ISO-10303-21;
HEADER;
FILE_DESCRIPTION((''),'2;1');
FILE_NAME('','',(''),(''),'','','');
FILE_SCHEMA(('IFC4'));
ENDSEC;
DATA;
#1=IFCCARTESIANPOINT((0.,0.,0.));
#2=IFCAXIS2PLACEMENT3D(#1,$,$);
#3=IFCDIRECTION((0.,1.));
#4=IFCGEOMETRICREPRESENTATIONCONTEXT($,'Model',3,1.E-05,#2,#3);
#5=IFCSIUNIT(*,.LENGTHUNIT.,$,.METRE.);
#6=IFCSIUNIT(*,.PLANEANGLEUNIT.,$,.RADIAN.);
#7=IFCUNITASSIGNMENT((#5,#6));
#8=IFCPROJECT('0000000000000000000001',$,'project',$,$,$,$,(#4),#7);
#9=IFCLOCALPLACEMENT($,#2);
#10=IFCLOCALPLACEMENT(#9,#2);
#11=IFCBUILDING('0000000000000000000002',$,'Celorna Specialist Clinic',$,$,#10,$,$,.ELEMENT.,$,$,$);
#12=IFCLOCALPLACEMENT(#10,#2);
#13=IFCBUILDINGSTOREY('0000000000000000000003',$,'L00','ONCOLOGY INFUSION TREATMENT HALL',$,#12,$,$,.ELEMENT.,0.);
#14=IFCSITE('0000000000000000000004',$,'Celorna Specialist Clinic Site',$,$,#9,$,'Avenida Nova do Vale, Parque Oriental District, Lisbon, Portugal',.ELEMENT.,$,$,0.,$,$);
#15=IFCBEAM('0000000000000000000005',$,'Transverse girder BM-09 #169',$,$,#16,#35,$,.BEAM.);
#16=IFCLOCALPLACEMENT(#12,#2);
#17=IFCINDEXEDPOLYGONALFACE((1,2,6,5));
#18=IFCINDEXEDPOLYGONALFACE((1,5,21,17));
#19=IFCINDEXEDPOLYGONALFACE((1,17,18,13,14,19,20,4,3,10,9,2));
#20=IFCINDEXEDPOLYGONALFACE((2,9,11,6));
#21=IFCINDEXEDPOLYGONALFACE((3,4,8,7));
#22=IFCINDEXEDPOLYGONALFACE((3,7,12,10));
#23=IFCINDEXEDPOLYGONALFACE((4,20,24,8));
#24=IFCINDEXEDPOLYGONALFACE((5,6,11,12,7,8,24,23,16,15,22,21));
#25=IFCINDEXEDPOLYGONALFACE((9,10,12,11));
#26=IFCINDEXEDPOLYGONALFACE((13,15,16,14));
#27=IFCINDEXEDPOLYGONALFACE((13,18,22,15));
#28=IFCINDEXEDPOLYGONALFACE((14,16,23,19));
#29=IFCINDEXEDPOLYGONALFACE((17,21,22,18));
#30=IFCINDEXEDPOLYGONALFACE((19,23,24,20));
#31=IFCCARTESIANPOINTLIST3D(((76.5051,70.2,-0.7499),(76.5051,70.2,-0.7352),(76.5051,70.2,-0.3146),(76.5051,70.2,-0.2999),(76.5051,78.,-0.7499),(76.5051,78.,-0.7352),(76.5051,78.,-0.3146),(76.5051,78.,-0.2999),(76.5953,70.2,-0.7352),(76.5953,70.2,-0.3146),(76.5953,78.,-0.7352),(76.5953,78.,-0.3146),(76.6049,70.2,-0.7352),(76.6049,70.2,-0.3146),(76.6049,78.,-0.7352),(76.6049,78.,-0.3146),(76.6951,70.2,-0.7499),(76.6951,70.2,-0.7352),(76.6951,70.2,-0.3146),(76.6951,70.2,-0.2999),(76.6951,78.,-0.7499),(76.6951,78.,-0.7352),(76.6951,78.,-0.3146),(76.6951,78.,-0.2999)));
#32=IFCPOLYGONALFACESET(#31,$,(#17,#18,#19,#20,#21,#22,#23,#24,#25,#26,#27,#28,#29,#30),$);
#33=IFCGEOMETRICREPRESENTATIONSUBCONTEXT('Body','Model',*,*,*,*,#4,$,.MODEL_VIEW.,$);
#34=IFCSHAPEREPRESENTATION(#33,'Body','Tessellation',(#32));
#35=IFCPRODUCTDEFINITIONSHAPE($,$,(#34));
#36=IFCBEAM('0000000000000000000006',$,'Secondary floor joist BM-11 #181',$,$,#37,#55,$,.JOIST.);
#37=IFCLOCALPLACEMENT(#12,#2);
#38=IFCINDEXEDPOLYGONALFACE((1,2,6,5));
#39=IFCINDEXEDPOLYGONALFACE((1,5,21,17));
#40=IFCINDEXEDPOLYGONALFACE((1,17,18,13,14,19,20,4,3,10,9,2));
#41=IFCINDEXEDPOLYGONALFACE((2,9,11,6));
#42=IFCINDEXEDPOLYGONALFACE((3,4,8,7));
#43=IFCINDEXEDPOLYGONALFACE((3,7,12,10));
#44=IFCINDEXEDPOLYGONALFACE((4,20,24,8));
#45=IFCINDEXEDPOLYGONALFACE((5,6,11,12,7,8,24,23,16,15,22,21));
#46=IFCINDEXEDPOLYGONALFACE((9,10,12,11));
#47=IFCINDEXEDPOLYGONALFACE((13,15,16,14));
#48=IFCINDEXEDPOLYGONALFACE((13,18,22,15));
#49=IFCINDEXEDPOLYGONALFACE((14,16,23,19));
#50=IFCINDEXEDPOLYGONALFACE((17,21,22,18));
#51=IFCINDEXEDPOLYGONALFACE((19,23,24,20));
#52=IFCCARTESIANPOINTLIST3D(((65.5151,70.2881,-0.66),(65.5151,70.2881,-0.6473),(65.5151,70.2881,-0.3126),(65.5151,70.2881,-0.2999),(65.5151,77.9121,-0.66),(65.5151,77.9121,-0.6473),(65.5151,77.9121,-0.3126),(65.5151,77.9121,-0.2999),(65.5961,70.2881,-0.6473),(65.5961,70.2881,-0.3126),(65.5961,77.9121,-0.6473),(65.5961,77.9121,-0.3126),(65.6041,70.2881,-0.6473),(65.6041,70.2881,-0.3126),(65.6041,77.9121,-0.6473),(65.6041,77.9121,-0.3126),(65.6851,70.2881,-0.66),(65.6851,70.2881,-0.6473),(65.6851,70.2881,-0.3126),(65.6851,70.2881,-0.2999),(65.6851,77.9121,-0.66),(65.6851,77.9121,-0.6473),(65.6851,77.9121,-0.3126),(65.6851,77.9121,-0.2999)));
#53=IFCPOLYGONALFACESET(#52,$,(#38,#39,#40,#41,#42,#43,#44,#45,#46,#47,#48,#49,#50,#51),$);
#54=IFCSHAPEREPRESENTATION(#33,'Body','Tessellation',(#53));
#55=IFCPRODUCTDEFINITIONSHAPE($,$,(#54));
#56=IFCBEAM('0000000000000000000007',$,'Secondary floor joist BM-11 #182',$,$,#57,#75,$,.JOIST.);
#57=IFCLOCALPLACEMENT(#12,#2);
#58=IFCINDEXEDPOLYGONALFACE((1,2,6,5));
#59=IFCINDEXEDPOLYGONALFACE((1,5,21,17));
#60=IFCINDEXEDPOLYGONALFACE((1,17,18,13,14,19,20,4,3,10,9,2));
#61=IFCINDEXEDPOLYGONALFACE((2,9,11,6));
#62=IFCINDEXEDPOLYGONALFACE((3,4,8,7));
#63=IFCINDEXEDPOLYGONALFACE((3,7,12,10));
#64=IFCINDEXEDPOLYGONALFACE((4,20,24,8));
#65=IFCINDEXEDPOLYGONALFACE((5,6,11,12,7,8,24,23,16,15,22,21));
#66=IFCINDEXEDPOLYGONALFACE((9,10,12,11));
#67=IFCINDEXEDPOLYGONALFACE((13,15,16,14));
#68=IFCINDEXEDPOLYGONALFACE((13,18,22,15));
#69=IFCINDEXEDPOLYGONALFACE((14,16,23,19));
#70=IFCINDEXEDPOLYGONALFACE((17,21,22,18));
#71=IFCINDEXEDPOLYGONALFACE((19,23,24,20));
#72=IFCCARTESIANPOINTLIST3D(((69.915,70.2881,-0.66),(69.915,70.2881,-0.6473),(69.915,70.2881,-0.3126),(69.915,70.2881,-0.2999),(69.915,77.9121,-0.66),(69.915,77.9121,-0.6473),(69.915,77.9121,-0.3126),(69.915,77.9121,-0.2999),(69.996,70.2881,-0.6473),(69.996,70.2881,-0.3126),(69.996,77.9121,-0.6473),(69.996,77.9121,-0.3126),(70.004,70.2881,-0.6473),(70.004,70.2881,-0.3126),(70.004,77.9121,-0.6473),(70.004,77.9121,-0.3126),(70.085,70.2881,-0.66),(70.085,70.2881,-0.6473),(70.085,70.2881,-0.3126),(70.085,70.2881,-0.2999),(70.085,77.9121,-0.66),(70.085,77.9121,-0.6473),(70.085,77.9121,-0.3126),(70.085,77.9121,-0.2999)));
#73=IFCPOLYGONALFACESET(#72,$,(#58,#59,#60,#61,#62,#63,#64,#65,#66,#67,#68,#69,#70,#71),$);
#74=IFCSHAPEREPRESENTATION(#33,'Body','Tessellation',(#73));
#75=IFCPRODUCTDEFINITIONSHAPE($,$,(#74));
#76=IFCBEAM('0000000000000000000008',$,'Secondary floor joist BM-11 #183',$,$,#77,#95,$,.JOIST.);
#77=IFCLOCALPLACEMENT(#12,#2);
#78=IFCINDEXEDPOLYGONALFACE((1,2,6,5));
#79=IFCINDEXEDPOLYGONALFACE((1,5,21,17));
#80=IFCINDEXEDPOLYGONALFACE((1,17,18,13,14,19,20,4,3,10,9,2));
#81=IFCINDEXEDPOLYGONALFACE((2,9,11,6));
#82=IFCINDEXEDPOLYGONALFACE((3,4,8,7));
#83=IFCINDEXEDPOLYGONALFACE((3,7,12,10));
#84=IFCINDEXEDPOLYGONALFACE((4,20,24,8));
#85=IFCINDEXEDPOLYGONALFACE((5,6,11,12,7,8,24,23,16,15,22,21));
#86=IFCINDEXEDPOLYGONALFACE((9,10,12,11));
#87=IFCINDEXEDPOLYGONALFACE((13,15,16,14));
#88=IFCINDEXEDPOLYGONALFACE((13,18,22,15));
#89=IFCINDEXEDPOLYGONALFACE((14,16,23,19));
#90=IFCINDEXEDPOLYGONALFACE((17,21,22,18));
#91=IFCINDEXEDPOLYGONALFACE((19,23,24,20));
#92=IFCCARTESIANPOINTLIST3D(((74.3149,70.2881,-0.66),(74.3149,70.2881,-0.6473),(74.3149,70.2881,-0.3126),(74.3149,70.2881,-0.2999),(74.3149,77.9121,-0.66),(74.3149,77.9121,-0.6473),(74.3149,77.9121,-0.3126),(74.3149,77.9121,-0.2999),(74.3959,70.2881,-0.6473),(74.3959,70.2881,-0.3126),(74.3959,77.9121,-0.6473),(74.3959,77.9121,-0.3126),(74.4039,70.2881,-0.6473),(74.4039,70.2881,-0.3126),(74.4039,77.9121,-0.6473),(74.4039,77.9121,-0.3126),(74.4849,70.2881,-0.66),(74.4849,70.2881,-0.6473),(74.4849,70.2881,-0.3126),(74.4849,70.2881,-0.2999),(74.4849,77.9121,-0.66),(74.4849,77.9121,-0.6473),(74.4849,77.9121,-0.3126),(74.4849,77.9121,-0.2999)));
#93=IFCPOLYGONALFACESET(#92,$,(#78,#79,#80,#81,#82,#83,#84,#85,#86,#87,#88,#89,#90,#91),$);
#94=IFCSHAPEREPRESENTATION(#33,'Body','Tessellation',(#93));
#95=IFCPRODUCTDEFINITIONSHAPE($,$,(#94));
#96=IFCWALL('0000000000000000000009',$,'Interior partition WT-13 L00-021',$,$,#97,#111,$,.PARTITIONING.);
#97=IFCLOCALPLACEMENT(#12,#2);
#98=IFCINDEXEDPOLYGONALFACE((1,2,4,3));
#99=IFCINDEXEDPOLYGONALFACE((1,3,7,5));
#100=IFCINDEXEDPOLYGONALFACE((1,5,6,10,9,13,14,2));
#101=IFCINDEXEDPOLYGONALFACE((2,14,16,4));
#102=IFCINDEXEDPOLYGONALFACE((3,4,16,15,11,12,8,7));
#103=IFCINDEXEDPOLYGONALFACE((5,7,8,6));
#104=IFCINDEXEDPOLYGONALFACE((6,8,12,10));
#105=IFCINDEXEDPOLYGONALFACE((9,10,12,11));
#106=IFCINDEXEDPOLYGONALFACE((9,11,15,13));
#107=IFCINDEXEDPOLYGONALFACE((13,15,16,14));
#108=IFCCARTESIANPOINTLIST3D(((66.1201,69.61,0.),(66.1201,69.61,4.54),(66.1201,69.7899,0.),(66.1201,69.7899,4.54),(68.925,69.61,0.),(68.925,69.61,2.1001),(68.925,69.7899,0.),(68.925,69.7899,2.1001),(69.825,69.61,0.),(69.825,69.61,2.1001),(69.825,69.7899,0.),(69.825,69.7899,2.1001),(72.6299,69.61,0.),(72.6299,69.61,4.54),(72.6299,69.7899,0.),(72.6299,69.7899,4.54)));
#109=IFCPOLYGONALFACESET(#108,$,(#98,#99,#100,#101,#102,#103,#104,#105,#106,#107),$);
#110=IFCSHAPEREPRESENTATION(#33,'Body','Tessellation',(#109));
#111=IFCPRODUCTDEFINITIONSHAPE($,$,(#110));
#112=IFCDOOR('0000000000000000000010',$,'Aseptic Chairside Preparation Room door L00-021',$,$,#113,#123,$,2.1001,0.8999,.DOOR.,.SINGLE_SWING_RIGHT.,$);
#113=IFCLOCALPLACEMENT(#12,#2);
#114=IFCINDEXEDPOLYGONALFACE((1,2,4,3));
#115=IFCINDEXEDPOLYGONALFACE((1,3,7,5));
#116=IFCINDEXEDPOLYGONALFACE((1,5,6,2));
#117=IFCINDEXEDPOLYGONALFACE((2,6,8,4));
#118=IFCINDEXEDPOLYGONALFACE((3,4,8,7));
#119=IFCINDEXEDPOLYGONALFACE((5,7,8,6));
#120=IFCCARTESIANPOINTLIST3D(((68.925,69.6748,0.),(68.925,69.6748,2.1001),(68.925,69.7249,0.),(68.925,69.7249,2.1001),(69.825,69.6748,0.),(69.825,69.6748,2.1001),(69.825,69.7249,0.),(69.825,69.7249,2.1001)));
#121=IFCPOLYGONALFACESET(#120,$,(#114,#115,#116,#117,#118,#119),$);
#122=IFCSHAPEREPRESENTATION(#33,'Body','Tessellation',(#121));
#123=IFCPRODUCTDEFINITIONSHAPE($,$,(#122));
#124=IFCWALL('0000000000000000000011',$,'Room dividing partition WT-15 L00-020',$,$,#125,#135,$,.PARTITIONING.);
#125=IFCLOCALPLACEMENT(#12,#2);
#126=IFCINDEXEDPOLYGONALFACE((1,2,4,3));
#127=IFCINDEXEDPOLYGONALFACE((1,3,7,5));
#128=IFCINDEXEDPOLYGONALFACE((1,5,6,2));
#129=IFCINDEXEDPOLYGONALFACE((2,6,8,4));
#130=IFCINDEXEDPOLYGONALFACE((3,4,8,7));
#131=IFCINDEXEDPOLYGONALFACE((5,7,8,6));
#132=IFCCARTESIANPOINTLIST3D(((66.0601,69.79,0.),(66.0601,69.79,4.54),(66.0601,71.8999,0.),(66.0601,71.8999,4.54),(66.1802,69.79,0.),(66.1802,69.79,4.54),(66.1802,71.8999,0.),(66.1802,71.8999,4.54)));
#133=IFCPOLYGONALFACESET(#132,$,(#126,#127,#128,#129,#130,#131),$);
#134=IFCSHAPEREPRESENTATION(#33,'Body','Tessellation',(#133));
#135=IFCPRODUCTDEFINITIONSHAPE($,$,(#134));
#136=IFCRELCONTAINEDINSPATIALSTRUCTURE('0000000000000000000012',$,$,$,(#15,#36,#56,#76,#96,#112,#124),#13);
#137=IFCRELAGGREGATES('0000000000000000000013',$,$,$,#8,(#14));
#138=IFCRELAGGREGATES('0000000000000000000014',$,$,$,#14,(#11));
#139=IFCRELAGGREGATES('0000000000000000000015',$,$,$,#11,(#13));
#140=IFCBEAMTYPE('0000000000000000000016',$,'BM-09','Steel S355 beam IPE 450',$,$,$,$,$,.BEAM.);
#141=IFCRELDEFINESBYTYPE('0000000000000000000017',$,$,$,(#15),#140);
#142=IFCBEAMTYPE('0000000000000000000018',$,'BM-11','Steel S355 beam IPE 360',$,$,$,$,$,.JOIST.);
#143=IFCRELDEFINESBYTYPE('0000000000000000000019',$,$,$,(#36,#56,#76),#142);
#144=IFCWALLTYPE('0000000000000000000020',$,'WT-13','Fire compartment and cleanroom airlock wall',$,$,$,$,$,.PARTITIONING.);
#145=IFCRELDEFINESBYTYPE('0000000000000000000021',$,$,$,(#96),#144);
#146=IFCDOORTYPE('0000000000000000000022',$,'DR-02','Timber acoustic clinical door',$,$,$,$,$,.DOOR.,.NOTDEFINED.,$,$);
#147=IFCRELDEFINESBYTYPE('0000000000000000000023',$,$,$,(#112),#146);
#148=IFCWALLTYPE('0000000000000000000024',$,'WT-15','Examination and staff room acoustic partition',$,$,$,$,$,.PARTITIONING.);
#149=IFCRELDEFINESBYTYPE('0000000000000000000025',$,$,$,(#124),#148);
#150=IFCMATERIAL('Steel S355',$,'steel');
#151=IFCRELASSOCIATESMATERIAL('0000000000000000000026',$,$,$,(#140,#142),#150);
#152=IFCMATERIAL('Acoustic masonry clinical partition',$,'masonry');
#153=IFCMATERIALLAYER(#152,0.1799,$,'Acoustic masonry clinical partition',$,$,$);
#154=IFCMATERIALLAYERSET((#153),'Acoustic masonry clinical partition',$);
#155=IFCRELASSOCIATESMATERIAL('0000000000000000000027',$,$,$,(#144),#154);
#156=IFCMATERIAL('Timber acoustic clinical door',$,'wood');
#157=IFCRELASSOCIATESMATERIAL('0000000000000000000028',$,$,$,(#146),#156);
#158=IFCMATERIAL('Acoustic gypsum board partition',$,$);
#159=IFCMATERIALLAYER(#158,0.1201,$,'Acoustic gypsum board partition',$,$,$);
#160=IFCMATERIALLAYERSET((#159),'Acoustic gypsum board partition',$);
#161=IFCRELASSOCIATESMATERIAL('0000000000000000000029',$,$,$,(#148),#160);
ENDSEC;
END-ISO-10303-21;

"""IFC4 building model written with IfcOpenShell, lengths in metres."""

from ifc_helpers import new_model, si_unit, direction, frame, frame_2d, origin, origin_2d, place, context, subcontext, project, spatial, rectangle, i_section, extrude, material, layer, layer_set, material_profile, profile_set, type_object, element, fill, save


model = new_model("IFC4")

# Units and contexts
model_context = context("Model", 3, precision=1e-05, world=origin(), true_north=direction((0.0, 1.0)))
body_context = subcontext(model_context, "Body", "Model", "MODEL_VIEW")
ifc_project = project(units=[si_unit("LENGTHUNIT", "METRE"), si_unit("PLANEANGLEUNIT", "RADIAN")], contexts=[model_context])

# Site, building, storey
site_placement = place(None, origin())
site = spatial("IfcSite", under=ifc_project, at=site_placement, Name="Celorna Specialist Clinic Site", LongName="Avenida Nova do Vale, Parque Oriental District, Lisbon, Portugal", CompositionType="ELEMENT", RefElevation=0.0)
building_placement = place(site_placement, origin())
building = spatial("IfcBuilding", under=site, at=building_placement, Name="Celorna Specialist Clinic", CompositionType="ELEMENT")
storey_placement = place(building_placement, origin())
storey = spatial("IfcBuildingStorey", under=building, at=storey_placement, Name="L00", Description="ONCOLOGY INFUSION TREATMENT HALL", CompositionType="ELEMENT", Elevation=0.0)

# Shared definitions
ifc_material_1 = material(Name="Steel S355", Category="steel")

# Beams
ifc_material_profile_1 = material_profile(ifc_material_1, i_section(OverallWidth=0.1899, OverallDepth=0.45, WebThickness=0.0095, FlangeThickness=0.0146, at=origin_2d()), Name="IPE 450")
ifc_profile_set_1 = profile_set([ifc_material_profile_1], Name="Steel S355")
beam_type_1 = type_object("IfcBeamType", Name="BM-09", Description="Steel S355 beam IPE 450", PredefinedType="BEAM", material=ifc_profile_set_1)
for number, where, z_axis, x_axis, name in (
    (1, (76.6001, 70.2, -0.5249), (0.0, 1.0, 0.0), (-1.0, 0.0, 0.0), "Transverse girder BM-09 #169"),
):
    element("IfcBeam", number, at=place(storey_placement, frame(where, z_axis=z_axis, x_axis=x_axis)), inside=storey, type_object=beam_type_1, Name=name, PredefinedType="BEAM", context=body_context, shape_type="SweptSolid", body=[
        extrude(i_section(OverallWidth=0.1899, OverallDepth=0.45, WebThickness=0.0095, FlangeThickness=0.0146, at=origin_2d()), origin(), (0.0, 0.0, 1.0), 7.8),
    ])
ifc_material_profile_2 = material_profile(ifc_material_1, i_section(OverallWidth=0.1699, OverallDepth=0.3601, WebThickness=0.0081, FlangeThickness=0.0127, at=origin_2d()), Name="IPE 360")
ifc_profile_set_2 = profile_set([ifc_material_profile_2], Name="Steel S355")
beam_type_2 = type_object("IfcBeamType", Name="BM-11", Description="Steel S355 beam IPE 360", PredefinedType="JOIST", material=ifc_profile_set_2)
for number, where, z_axis, x_axis, name in (
    (2, (65.6001, 70.2881, -0.48), (0.0, 1.0, 0.0), (-1.0, 0.0, 0.0), "Secondary floor joist BM-11 #181"),
    (3, (70.0, 70.2881, -0.48), (0.0, 1.0, 0.0), (-1.0, 0.0, 0.0), "Secondary floor joist BM-11 #182"),
    (4, (74.3999, 70.2881, -0.48), (0.0, 1.0, 0.0), (-1.0, 0.0, 0.0), "Secondary floor joist BM-11 #183"),
):
    element("IfcBeam", number, at=place(storey_placement, frame(where, z_axis=z_axis, x_axis=x_axis)), inside=storey, type_object=beam_type_2, Name=name, PredefinedType="JOIST", context=body_context, shape_type="SweptSolid", body=[
        extrude(i_section(OverallWidth=0.1699, OverallDepth=0.3601, WebThickness=0.0081, FlangeThickness=0.0127, at=origin_2d()), origin(), (0.0, 0.0, 1.0), 7.624),
    ])

# Wall, opening, door
ifc_material_2 = material(Name="Acoustic masonry clinical partition", Category="masonry")
ifc_layer_1 = layer(ifc_material_2, 0.1799, Name="Acoustic masonry clinical partition")
ifc_layer_set_1 = layer_set([ifc_layer_1], Name="Acoustic masonry clinical partition")
wall_type_1 = type_object("IfcWallType", Name="WT-13", Description="Fire compartment and cleanroom airlock wall", PredefinedType="PARTITIONING", material=ifc_layer_set_1)
wall_1_placement = place(storey_placement, frame((66.1201, 69.7, 0.0), z_axis=(0.0, 0.0, 1.0), x_axis=(1.0, 0.0, 0.0)))
wall_1 = element("IfcWall", 5, at=wall_1_placement, inside=storey, type_object=wall_type_1, Name="Interior partition WT-13 L00-021", PredefinedType="PARTITIONING", context=body_context, shape_type="SweptSolid", body=[
    extrude(rectangle(XDim=6.5098, YDim=0.1799, at=frame_2d((3.2549, 0.0))), origin(), (0.0, 0.0, 1.0), 4.54),
])
opening_placement = place(wall_1_placement, frame((2.8049, 0.0, 0.0)))
opening = element("IfcOpeningElement", 6, at=opening_placement, cuts=wall_1, PredefinedType="OPENING", context=body_context, shape_type="SweptSolid", body=[
    extrude(rectangle(XDim=0.8999, YDim=2.1001, at=frame_2d((0.45, 1.05))), frame((0.0, 0.0999, 0.0), z_axis=(0.0, -1.0, 0.0), x_axis=(1.0, 0.0, 0.0)), (0.0, 0.0, 1.0), 0.2),
])
ifc_material_3 = material(Name="Timber acoustic clinical door", Category="wood")
door_type = type_object("IfcDoorType", Name="DR-02", Description="Timber acoustic clinical door", OperationType="NOTDEFINED", PredefinedType="DOOR", material=ifc_material_3)
door_placement = place(opening_placement, origin())
door = element("IfcDoor", 7, at=door_placement, inside=storey, type_object=door_type, Name="Aseptic Chairside Preparation Room door L00-021", OperationType="SINGLE_SWING_RIGHT", OverallHeight=2.1001, OverallWidth=0.8999, PredefinedType="DOOR", context=body_context, shape_type="SweptSolid", body=[
    extrude(rectangle(XDim=0.8999, YDim=2.1001, at=frame_2d((0.45, 1.05))), frame((0.0, 0.0249, 0.0), z_axis=(0.0, -1.0, 0.0), x_axis=(1.0, 0.0, 0.0)), (0.0, 0.0, 1.0), 0.05),
])
fill(opening, door)

# Wall
ifc_material_4 = material(Name="Acoustic gypsum board partition")
ifc_layer_2 = layer(ifc_material_4, 0.1201, Name="Acoustic gypsum board partition")
ifc_layer_set_2 = layer_set([ifc_layer_2], Name="Acoustic gypsum board partition")
wall_type_2 = type_object("IfcWallType", Name="WT-15", Description="Examination and staff room acoustic partition", PredefinedType="PARTITIONING", material=ifc_layer_set_2)
wall_2_placement = place(storey_placement, frame((66.1201, 69.79, 0.0), z_axis=(0.0, 0.0, 1.0), x_axis=(0.0, 1.0, 0.0)))
element("IfcWall", 8, at=wall_2_placement, inside=storey, type_object=wall_type_2, Name="Room dividing partition WT-15 L00-020", PredefinedType="PARTITIONING", context=body_context, shape_type="SweptSolid", body=[
    extrude(rectangle(XDim=2.1099, YDim=0.1201, at=frame_2d((1.0549, 0.0))), origin(), (0.0, 0.0, 1.0), 4.54),
])

save(model, "model.ifc")
